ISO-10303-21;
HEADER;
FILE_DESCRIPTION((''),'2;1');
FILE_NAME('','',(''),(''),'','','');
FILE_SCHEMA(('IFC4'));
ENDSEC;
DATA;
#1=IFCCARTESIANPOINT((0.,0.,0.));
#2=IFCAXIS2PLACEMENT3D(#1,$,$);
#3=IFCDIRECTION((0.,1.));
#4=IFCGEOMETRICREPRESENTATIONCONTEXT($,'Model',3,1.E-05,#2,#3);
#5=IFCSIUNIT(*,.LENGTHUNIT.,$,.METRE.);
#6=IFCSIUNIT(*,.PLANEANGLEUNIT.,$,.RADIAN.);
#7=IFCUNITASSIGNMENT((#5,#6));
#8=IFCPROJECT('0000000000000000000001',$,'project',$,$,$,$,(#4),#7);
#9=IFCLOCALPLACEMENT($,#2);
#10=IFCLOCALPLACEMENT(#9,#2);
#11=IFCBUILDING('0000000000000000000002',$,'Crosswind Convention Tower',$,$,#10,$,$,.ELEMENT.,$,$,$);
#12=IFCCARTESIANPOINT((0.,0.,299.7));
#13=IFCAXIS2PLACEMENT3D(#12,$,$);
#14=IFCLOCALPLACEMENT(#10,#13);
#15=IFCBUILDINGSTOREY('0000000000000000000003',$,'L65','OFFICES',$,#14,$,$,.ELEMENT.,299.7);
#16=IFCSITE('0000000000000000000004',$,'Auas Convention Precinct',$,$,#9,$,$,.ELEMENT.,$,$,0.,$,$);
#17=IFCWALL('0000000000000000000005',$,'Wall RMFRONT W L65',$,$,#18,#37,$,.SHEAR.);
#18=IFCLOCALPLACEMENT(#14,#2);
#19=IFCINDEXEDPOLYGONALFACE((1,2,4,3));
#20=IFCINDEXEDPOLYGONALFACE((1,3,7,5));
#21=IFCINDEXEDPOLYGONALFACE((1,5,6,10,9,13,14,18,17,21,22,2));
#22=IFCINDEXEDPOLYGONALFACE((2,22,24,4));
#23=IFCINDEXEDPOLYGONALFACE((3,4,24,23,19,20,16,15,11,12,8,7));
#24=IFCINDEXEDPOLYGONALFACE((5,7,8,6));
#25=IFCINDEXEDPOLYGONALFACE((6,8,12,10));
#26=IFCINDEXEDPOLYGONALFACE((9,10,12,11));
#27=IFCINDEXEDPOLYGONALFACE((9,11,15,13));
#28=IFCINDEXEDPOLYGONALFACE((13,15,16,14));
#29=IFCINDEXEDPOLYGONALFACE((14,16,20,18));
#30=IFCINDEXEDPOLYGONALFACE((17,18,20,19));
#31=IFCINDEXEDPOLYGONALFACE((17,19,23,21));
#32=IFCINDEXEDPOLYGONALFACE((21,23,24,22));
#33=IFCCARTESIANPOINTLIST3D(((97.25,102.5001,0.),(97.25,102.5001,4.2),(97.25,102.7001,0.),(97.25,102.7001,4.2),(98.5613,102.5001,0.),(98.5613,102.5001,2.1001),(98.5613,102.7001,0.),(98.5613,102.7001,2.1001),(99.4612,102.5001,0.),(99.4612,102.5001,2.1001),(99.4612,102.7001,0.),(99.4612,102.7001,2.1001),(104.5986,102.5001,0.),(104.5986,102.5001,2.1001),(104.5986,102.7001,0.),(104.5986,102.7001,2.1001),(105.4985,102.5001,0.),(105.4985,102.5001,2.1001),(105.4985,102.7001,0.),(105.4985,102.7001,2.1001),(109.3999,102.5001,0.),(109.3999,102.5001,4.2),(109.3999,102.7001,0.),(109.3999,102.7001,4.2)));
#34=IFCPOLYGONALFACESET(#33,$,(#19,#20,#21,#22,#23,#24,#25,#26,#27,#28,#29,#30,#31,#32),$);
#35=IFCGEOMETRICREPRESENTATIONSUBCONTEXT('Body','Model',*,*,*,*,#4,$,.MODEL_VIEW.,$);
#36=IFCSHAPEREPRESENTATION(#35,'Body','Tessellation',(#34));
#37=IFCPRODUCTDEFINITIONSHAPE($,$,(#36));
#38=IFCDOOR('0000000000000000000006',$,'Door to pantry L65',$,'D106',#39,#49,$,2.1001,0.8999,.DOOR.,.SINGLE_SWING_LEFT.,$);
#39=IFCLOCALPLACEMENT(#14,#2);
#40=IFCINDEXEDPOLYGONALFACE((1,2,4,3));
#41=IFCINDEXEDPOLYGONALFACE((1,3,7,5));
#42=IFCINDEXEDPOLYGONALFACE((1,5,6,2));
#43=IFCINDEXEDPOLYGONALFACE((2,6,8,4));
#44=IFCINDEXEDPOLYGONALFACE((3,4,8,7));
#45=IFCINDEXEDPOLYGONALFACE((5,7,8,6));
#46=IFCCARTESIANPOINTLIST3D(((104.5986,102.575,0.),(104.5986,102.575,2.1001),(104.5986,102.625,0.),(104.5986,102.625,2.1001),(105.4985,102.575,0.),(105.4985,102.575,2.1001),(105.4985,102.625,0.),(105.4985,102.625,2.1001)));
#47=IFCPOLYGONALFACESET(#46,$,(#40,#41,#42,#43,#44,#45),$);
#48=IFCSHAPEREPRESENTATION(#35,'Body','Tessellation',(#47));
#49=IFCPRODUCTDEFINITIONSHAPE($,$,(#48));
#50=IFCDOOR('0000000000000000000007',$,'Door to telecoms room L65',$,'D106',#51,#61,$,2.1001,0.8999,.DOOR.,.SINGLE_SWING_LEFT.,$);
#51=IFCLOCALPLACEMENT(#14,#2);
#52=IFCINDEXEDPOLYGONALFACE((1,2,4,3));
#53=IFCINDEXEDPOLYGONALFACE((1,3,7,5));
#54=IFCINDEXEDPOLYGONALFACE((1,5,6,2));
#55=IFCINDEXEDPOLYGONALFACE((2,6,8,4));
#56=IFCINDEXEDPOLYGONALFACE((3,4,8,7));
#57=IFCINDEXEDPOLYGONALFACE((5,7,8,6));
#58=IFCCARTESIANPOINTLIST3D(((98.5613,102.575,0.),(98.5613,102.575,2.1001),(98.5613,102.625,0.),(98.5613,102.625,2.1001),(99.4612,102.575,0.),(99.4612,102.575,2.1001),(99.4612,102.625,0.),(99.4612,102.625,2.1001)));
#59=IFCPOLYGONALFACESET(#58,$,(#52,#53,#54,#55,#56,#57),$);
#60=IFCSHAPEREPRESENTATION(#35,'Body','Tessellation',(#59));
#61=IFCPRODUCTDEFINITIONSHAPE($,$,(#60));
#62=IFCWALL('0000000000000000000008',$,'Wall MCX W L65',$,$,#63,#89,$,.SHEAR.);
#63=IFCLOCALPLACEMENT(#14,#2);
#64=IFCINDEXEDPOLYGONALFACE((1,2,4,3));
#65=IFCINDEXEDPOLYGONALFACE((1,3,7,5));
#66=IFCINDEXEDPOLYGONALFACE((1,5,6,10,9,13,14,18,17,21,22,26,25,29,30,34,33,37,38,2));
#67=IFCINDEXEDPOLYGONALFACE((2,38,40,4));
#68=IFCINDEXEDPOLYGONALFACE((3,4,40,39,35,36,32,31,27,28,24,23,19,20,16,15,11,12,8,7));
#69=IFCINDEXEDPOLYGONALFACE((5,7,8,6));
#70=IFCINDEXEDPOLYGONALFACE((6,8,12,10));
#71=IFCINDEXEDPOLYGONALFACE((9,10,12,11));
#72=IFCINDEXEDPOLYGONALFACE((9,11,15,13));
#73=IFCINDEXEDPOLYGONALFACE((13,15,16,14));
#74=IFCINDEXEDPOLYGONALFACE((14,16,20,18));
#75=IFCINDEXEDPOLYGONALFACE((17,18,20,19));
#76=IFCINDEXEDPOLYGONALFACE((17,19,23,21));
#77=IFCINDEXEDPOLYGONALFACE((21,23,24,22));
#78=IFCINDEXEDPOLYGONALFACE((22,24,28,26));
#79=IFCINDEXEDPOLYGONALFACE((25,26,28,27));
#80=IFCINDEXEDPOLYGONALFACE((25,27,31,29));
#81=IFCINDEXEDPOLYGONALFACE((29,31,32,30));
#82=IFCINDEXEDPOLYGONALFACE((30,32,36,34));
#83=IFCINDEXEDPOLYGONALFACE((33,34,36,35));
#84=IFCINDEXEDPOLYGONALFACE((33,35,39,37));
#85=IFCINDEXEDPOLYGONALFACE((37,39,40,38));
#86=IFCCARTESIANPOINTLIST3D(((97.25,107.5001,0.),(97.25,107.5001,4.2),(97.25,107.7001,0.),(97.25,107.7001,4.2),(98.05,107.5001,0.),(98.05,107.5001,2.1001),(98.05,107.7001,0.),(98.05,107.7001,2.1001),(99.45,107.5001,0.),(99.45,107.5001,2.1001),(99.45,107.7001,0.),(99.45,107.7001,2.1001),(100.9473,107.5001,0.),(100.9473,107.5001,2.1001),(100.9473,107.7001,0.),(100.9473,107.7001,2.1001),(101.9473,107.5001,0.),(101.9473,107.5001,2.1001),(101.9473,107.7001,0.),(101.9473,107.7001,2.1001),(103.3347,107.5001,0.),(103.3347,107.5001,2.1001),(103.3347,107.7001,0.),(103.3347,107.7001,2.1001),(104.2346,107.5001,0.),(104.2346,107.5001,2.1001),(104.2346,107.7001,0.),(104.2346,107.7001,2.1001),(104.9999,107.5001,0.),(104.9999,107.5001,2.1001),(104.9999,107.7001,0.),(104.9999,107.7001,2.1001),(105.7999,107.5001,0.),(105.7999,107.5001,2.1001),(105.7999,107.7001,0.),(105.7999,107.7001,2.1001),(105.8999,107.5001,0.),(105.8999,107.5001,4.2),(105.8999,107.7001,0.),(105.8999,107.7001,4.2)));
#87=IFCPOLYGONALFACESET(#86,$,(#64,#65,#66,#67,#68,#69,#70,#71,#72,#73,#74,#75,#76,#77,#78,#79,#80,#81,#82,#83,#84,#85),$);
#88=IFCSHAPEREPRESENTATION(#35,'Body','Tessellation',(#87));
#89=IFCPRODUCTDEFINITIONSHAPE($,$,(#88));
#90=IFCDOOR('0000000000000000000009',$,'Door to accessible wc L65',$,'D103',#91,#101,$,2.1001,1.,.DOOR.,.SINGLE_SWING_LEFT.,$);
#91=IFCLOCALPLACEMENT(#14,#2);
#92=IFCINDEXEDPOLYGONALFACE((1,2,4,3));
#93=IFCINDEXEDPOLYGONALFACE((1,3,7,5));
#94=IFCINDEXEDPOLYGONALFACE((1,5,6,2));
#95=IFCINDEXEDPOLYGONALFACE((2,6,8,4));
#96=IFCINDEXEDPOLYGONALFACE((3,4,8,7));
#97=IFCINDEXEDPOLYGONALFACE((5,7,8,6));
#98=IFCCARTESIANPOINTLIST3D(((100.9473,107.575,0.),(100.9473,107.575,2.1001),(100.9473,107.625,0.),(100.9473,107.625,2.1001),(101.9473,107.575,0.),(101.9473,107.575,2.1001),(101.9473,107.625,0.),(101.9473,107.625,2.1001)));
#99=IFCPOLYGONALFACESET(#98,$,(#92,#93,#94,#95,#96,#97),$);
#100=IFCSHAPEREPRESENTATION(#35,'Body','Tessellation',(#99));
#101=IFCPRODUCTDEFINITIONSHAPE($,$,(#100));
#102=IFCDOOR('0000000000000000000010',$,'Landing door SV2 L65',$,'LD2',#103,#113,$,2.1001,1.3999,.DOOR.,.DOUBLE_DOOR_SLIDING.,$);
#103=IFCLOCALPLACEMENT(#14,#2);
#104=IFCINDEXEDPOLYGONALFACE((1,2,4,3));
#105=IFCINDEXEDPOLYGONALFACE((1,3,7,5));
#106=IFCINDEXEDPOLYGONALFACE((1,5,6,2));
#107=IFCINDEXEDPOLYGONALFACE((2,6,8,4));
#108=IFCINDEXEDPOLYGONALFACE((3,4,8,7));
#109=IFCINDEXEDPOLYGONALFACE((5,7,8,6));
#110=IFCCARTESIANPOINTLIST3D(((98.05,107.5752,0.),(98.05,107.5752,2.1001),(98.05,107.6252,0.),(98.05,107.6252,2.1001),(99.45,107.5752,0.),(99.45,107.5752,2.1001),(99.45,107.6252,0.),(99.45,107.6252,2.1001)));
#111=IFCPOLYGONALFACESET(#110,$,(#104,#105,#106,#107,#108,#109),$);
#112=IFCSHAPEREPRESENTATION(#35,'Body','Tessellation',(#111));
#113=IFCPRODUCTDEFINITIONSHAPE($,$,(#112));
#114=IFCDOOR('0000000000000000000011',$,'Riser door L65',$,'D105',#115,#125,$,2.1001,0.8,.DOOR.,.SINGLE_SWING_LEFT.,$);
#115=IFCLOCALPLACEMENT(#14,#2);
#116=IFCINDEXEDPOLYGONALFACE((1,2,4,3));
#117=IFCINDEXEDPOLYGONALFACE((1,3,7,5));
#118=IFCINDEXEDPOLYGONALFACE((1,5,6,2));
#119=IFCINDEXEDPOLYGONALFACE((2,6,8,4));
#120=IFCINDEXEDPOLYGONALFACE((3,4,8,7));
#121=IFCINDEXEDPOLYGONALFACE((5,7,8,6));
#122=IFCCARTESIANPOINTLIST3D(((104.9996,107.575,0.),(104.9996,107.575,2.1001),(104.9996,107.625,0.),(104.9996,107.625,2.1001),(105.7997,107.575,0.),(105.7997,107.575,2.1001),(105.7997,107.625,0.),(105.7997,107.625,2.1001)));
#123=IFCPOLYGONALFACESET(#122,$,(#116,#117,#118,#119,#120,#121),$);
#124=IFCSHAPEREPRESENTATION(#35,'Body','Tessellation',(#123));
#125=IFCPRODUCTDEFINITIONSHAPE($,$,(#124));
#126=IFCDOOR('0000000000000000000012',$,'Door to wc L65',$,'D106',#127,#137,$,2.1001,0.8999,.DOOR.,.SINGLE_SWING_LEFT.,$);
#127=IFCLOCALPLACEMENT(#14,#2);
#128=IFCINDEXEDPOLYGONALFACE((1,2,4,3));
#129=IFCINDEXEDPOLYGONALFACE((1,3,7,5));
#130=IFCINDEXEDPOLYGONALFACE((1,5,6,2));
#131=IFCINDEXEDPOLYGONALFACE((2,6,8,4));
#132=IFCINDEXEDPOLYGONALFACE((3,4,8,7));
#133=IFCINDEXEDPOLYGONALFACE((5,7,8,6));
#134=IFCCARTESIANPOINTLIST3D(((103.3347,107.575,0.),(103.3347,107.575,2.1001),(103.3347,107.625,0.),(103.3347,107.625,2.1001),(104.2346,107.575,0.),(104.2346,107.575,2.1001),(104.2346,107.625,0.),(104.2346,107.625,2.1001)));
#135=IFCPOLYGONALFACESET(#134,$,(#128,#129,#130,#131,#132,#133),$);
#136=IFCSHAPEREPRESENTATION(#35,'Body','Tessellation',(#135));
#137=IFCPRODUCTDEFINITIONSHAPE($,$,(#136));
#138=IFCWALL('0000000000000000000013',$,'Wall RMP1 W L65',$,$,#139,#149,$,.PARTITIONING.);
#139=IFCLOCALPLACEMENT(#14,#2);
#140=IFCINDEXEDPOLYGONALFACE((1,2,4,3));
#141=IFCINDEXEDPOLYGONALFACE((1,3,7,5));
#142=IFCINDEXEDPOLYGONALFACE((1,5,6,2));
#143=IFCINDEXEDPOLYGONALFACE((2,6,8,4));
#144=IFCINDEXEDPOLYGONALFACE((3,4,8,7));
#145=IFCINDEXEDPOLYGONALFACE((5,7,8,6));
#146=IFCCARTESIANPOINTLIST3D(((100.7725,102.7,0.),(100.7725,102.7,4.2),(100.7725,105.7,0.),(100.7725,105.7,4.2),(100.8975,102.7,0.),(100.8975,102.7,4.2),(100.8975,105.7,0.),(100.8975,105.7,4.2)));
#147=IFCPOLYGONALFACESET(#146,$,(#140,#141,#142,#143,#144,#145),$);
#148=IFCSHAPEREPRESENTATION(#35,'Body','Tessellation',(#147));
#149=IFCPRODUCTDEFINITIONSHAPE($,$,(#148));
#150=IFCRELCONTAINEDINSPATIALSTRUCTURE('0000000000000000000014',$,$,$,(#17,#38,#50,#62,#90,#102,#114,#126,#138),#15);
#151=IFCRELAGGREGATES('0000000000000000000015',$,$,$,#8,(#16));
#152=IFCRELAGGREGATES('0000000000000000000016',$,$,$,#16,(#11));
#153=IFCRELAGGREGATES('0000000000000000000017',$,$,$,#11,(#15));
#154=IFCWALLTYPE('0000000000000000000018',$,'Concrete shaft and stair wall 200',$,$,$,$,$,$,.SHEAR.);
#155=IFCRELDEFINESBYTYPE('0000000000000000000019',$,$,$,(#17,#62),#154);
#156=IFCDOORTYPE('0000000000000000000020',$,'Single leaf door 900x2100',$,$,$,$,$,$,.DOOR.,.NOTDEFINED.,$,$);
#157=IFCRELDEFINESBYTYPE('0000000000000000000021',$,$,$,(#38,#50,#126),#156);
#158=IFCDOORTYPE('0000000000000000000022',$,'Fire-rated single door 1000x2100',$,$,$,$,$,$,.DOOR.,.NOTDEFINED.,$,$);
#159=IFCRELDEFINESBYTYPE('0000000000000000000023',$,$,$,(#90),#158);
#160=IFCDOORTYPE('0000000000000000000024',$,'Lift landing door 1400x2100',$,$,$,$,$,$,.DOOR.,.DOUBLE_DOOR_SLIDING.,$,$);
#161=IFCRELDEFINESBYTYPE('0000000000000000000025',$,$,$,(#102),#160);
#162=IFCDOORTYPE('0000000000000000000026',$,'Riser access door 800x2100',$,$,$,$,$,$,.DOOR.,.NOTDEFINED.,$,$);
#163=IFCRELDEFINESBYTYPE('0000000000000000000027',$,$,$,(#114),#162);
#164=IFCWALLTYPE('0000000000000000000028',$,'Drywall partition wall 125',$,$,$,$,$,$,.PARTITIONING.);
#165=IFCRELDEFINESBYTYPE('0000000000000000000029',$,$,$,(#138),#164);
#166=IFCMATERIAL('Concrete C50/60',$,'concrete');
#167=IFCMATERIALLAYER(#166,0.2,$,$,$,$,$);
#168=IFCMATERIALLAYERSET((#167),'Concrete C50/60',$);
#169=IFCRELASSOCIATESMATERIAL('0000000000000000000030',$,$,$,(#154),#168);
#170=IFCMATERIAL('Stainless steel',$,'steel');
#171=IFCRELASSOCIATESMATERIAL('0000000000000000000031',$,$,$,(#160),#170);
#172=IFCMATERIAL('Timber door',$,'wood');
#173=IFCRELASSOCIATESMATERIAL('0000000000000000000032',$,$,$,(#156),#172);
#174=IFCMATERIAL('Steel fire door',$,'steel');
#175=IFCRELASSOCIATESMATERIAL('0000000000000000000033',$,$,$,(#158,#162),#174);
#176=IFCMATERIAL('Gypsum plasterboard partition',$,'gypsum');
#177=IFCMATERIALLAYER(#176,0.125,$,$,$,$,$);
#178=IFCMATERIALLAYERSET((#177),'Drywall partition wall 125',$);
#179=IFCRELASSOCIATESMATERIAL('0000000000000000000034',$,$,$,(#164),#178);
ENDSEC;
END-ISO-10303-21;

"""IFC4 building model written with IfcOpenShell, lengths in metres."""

from ifc_helpers import new_model, si_unit, direction, frame, frame_2d, origin, place, context, subcontext, project, spatial, rectangle, extrude, material, layer, layer_set, type_object, element, fill, save


model = new_model("IFC4")

# Units and contexts
model_context = context("Model", 3, precision=1e-05, world=origin(), true_north=direction((0.0, 1.0)))
body_context = subcontext(model_context, "Body", "Model", "MODEL_VIEW")
ifc_project = project(units=[si_unit("LENGTHUNIT", "METRE"), si_unit("PLANEANGLEUNIT", "RADIAN")], contexts=[model_context])

# Site, building, storey
site_placement = place(None, origin())
site = spatial("IfcSite", under=ifc_project, at=site_placement, Name="Auas Convention Precinct", CompositionType="ELEMENT", RefElevation=0.0)
building_placement = place(site_placement, origin())
building = spatial("IfcBuilding", under=site, at=building_placement, Name="Crosswind Convention Tower", CompositionType="ELEMENT")
storey_placement = place(building_placement, frame((0.0, 0.0, 299.7)))
storey = spatial("IfcBuildingStorey", under=building, at=storey_placement, Name="L65", Description="OFFICES", CompositionType="ELEMENT", Elevation=299.7)

# Shared definitions
ifc_material_1 = material(Name="Concrete C50/60", Category="concrete")
ifc_layer_1 = layer(ifc_material_1, 0.2)
ifc_layer_set_1 = layer_set([ifc_layer_1], Name="Concrete C50/60")
wall_type_1 = type_object("IfcWallType", Name="Concrete shaft and stair wall 200", PredefinedType="SHEAR", material=ifc_layer_set_1)

# Shared definitions
ifc_material_2 = material(Name="Stainless steel", Category="steel")
door_type_1 = type_object("IfcDoorType", Name="Lift landing door 1400x2100", OperationType="DOUBLE_DOOR_SLIDING", PredefinedType="DOOR", material=ifc_material_2)

# Walls, openings, doors
wall_1_placement = place(storey_placement, frame((109.3999, 102.6001, 0.0), z_axis=(0.0, 0.0, 1.0), x_axis=(-1.0, 0.0, 0.0)))
wall_1 = element("IfcWall", 1, at=wall_1_placement, inside=storey, type_object=wall_type_1, Name="Wall RMFRONT W L65", PredefinedType="SHEAR", context=body_context, shape_type="SweptSolid", body=[
    extrude(rectangle(XDim=12.1499, YDim=0.2, at=frame_2d((6.075, 0.0))), origin(), (0.0, 0.0, 1.0), 4.2),
])
opening_1_placement = place(wall_1_placement, frame((3.9014, 0.0, 0.0)))
opening_1 = element("IfcOpeningElement", 2, at=opening_1_placement, cuts=wall_1, PredefinedType="OPENING", context=body_context, shape_type="SweptSolid", body=[
    extrude(rectangle(XDim=0.8999, YDim=2.1001, at=frame_2d((0.45, 1.05))), frame((0.0, 0.1099, 0.0), z_axis=(0.0, -1.0, 0.0), x_axis=(1.0, 0.0, 0.0)), (0.0, 0.0, 1.0), 0.22),
])
opening_2_placement = place(wall_1_placement, frame((9.9387, 0.0, 0.0)))
opening_2 = element("IfcOpeningElement", 3, at=opening_2_placement, cuts=wall_1, PredefinedType="OPENING", context=body_context, shape_type="SweptSolid", body=[
    extrude(rectangle(XDim=0.8999, YDim=2.1001, at=frame_2d((0.45, 1.05))), frame((0.0, 0.1099, 0.0), z_axis=(0.0, -1.0, 0.0), x_axis=(1.0, 0.0, 0.0)), (0.0, 0.0, 1.0), 0.22),
])
ifc_material_3 = material(Name="Timber door", Category="wood")
door_type_2 = type_object("IfcDoorType", Name="Single leaf door 900x2100", OperationType="NOTDEFINED", PredefinedType="DOOR", material=ifc_material_3)
door_1_placement = place(opening_1_placement, frame((0.8999, 0.0, 0.0), z_axis=(0.0, 0.0, 1.0), x_axis=(-1.0, 0.0, 0.0)))
door_1 = element("IfcDoor", 4, at=door_1_placement, inside=storey, type_object=door_type_2, Name="Door to pantry L65", ObjectType="D106", OperationType="SINGLE_SWING_LEFT", OverallHeight=2.1001, OverallWidth=0.8999, PredefinedType="DOOR", context=body_context, shape_type="SweptSolid", body=[
    extrude(rectangle(XDim=0.8999, YDim=2.1001, at=frame_2d((0.45, 1.05))), frame((0.0, 0.0249, 0.0), z_axis=(0.0, -1.0, 0.0), x_axis=(1.0, 0.0, 0.0)), (0.0, 0.0, 1.0), 0.05),
])
fill(opening_1, door_1)
door_2_placement = place(opening_2_placement, frame((0.8999, 0.0, 0.0), z_axis=(0.0, 0.0, 1.0), x_axis=(-1.0, 0.0, 0.0)))
door_2 = element("IfcDoor", 5, at=door_2_placement, inside=storey, type_object=door_type_2, Name="Door to telecoms room L65", ObjectType="D106", OperationType="SINGLE_SWING_LEFT", OverallHeight=2.1001, OverallWidth=0.8999, PredefinedType="DOOR", context=body_context, shape_type="SweptSolid", body=[
    extrude(rectangle(XDim=0.8999, YDim=2.1001, at=frame_2d((0.45, 1.05))), frame((0.0, 0.0249, 0.0), z_axis=(0.0, -1.0, 0.0), x_axis=(1.0, 0.0, 0.0)), (0.0, 0.0, 1.0), 0.05),
])
fill(opening_2, door_2)
wall_2_placement = place(storey_placement, frame((105.8999, 107.6001, 0.0), z_axis=(0.0, 0.0, 1.0), x_axis=(-1.0, 0.0, 0.0)))
wall_2 = element("IfcWall", 6, at=wall_2_placement, inside=storey, type_object=wall_type_1, Name="Wall MCX W L65", PredefinedType="SHEAR", context=body_context, shape_type="SweptSolid", body=[
    extrude(rectangle(XDim=8.6499, YDim=0.2, at=frame_2d((4.325, 0.0))), origin(), (0.0, 0.0, 1.0), 4.2),
])
opening_3_placement = place(wall_2_placement, frame((0.1001, 0.0, 0.0)))
opening_3 = element("IfcOpeningElement", 7, at=opening_3_placement, cuts=wall_2, PredefinedType="OPENING", context=body_context, shape_type="SweptSolid", body=[
    extrude(rectangle(XDim=0.8, YDim=2.1001, at=frame_2d((0.3999, 1.05))), frame((0.0, 0.1099, 0.0), z_axis=(0.0, -1.0, 0.0), x_axis=(1.0, 0.0, 0.0)), (0.0, 0.0, 1.0), 0.22),
])
opening_4_placement = place(wall_2_placement, frame((1.6653, 0.0, 0.0)))
opening_4 = element("IfcOpeningElement", 8, at=opening_4_placement, cuts=wall_2, PredefinedType="OPENING", context=body_context, shape_type="SweptSolid", body=[
    extrude(rectangle(XDim=0.8999, YDim=2.1001, at=frame_2d((0.45, 1.05))), frame((0.0, 0.1099, 0.0), z_axis=(0.0, -1.0, 0.0), x_axis=(1.0, 0.0, 0.0)), (0.0, 0.0, 1.0), 0.22),
])
opening_5_placement = place(wall_2_placement, frame((3.9526, 0.0, 0.0)))
opening_5 = element("IfcOpeningElement", 9, at=opening_5_placement, cuts=wall_2, PredefinedType="OPENING", context=body_context, shape_type="SweptSolid", body=[
    extrude(rectangle(XDim=1.0, YDim=2.1001, at=frame_2d((0.5, 1.05))), frame((0.0, 0.1099, 0.0), z_axis=(0.0, -1.0, 0.0), x_axis=(1.0, 0.0, 0.0)), (0.0, 0.0, 1.0), 0.22),
])
opening_6_placement = place(wall_2_placement, frame((6.45, 0.0, 0.0)))
opening_6 = element("IfcOpeningElement", 10, at=opening_6_placement, cuts=wall_2, PredefinedType="OPENING", context=body_context, shape_type="SweptSolid", body=[
    extrude(rectangle(XDim=1.3999, YDim=2.1001, at=frame_2d((0.7, 1.05))), frame((0.0, 0.1099, 0.0), z_axis=(0.0, -1.0, 0.0), x_axis=(1.0, 0.0, 0.0)), (0.0, 0.0, 1.0), 0.22),
])
ifc_material_4 = material(Name="Steel fire door", Category="steel")
door_type_3 = type_object("IfcDoorType", Name="Fire-rated single door 1000x2100", OperationType="NOTDEFINED", PredefinedType="DOOR", material=ifc_material_4)
door_3_placement = place(opening_5_placement, frame((1.0, 0.0, 0.0), z_axis=(0.0, 0.0, 1.0), x_axis=(-1.0, 0.0, 0.0)))
door_3 = element("IfcDoor", 11, at=door_3_placement, inside=storey, type_object=door_type_3, Name="Door to accessible wc L65", ObjectType="D103", OperationType="SINGLE_SWING_LEFT", OverallHeight=2.1001, OverallWidth=1.0, PredefinedType="DOOR", context=body_context, shape_type="SweptSolid", body=[
    extrude(rectangle(XDim=1.0, YDim=2.1001, at=frame_2d((0.5, 1.05))), frame((0.0, 0.0249, 0.0), z_axis=(0.0, -1.0, 0.0), x_axis=(1.0, 0.0, 0.0)), (0.0, 0.0, 1.0), 0.05),
])
fill(opening_5, door_3)
door_4_placement = place(opening_6_placement, origin())
door_4 = element("IfcDoor", 12, at=door_4_placement, inside=storey, type_object=door_type_1, Name="Landing door SV2 L65", ObjectType="LD2", OperationType="DOUBLE_DOOR_SLIDING", OverallHeight=2.1001, OverallWidth=1.3999, PredefinedType="DOOR", context=body_context, shape_type="SweptSolid", body=[
    extrude(rectangle(XDim=1.3999, YDim=2.1001, at=frame_2d((0.7, 1.05))), frame((0.0, 0.0249, 0.0), z_axis=(0.0, -1.0, 0.0), x_axis=(1.0, 0.0, 0.0)), (0.0, 0.0, 1.0), 0.05),
])
fill(opening_6, door_4)
door_type_4 = type_object("IfcDoorType", Name="Riser access door 800x2100", OperationType="NOTDEFINED", PredefinedType="DOOR", material=ifc_material_4)
door_5_placement = place(opening_3_placement, frame((0.8, 0.0, 0.0), z_axis=(0.0, 0.0, 1.0), x_axis=(-1.0, 0.0, 0.0)))
door_5 = element("IfcDoor", 13, at=door_5_placement, inside=storey, type_object=door_type_4, Name="Riser door L65", ObjectType="D105", OperationType="SINGLE_SWING_LEFT", OverallHeight=2.1001, OverallWidth=0.8, PredefinedType="DOOR", context=body_context, shape_type="SweptSolid", body=[
    extrude(rectangle(XDim=0.8, YDim=2.1001, at=frame_2d((0.3999, 1.05))), frame((0.0, 0.0249, 0.0), z_axis=(0.0, -1.0, 0.0), x_axis=(1.0, 0.0, 0.0)), (0.0, 0.0, 1.0), 0.05),
])
fill(opening_3, door_5)
door_6_placement = place(opening_4_placement, frame((0.8999, 0.0, 0.0), z_axis=(0.0, 0.0, 1.0), x_axis=(-1.0, 0.0, 0.0)))
door_6 = element("IfcDoor", 14, at=door_6_placement, inside=storey, type_object=door_type_2, Name="Door to wc L65", ObjectType="D106", OperationType="SINGLE_SWING_LEFT", OverallHeight=2.1001, OverallWidth=0.8999, PredefinedType="DOOR", context=body_context, shape_type="SweptSolid", body=[
    extrude(rectangle(XDim=0.8999, YDim=2.1001, at=frame_2d((0.45, 1.05))), frame((0.0, 0.0249, 0.0), z_axis=(0.0, -1.0, 0.0), x_axis=(1.0, 0.0, 0.0)), (0.0, 0.0, 1.0), 0.05),
])
fill(opening_4, door_6)

# Wall
ifc_material_5 = material(Name="Gypsum plasterboard partition", Category="gypsum")
ifc_layer_2 = layer(ifc_material_5, 0.125)
ifc_layer_set_2 = layer_set([ifc_layer_2], Name="Drywall partition wall 125")
wall_type_2 = type_object("IfcWallType", Name="Drywall partition wall 125", PredefinedType="PARTITIONING", material=ifc_layer_set_2)
wall_3_placement = place(storey_placement, frame((100.835, 105.7, 0.0), z_axis=(0.0, 0.0, 1.0), x_axis=(0.0, -1.0, 0.0)))
element("IfcWall", 15, at=wall_3_placement, inside=storey, type_object=wall_type_2, Name="Wall RMP1 W L65", PredefinedType="PARTITIONING", context=body_context, shape_type="SweptSolid", body=[
    extrude(rectangle(XDim=3.0, YDim=0.125, at=frame_2d((1.5, 0.0))), origin(), (0.0, 0.0, 1.0), 4.2),
])

save(model, "model.ifc")
